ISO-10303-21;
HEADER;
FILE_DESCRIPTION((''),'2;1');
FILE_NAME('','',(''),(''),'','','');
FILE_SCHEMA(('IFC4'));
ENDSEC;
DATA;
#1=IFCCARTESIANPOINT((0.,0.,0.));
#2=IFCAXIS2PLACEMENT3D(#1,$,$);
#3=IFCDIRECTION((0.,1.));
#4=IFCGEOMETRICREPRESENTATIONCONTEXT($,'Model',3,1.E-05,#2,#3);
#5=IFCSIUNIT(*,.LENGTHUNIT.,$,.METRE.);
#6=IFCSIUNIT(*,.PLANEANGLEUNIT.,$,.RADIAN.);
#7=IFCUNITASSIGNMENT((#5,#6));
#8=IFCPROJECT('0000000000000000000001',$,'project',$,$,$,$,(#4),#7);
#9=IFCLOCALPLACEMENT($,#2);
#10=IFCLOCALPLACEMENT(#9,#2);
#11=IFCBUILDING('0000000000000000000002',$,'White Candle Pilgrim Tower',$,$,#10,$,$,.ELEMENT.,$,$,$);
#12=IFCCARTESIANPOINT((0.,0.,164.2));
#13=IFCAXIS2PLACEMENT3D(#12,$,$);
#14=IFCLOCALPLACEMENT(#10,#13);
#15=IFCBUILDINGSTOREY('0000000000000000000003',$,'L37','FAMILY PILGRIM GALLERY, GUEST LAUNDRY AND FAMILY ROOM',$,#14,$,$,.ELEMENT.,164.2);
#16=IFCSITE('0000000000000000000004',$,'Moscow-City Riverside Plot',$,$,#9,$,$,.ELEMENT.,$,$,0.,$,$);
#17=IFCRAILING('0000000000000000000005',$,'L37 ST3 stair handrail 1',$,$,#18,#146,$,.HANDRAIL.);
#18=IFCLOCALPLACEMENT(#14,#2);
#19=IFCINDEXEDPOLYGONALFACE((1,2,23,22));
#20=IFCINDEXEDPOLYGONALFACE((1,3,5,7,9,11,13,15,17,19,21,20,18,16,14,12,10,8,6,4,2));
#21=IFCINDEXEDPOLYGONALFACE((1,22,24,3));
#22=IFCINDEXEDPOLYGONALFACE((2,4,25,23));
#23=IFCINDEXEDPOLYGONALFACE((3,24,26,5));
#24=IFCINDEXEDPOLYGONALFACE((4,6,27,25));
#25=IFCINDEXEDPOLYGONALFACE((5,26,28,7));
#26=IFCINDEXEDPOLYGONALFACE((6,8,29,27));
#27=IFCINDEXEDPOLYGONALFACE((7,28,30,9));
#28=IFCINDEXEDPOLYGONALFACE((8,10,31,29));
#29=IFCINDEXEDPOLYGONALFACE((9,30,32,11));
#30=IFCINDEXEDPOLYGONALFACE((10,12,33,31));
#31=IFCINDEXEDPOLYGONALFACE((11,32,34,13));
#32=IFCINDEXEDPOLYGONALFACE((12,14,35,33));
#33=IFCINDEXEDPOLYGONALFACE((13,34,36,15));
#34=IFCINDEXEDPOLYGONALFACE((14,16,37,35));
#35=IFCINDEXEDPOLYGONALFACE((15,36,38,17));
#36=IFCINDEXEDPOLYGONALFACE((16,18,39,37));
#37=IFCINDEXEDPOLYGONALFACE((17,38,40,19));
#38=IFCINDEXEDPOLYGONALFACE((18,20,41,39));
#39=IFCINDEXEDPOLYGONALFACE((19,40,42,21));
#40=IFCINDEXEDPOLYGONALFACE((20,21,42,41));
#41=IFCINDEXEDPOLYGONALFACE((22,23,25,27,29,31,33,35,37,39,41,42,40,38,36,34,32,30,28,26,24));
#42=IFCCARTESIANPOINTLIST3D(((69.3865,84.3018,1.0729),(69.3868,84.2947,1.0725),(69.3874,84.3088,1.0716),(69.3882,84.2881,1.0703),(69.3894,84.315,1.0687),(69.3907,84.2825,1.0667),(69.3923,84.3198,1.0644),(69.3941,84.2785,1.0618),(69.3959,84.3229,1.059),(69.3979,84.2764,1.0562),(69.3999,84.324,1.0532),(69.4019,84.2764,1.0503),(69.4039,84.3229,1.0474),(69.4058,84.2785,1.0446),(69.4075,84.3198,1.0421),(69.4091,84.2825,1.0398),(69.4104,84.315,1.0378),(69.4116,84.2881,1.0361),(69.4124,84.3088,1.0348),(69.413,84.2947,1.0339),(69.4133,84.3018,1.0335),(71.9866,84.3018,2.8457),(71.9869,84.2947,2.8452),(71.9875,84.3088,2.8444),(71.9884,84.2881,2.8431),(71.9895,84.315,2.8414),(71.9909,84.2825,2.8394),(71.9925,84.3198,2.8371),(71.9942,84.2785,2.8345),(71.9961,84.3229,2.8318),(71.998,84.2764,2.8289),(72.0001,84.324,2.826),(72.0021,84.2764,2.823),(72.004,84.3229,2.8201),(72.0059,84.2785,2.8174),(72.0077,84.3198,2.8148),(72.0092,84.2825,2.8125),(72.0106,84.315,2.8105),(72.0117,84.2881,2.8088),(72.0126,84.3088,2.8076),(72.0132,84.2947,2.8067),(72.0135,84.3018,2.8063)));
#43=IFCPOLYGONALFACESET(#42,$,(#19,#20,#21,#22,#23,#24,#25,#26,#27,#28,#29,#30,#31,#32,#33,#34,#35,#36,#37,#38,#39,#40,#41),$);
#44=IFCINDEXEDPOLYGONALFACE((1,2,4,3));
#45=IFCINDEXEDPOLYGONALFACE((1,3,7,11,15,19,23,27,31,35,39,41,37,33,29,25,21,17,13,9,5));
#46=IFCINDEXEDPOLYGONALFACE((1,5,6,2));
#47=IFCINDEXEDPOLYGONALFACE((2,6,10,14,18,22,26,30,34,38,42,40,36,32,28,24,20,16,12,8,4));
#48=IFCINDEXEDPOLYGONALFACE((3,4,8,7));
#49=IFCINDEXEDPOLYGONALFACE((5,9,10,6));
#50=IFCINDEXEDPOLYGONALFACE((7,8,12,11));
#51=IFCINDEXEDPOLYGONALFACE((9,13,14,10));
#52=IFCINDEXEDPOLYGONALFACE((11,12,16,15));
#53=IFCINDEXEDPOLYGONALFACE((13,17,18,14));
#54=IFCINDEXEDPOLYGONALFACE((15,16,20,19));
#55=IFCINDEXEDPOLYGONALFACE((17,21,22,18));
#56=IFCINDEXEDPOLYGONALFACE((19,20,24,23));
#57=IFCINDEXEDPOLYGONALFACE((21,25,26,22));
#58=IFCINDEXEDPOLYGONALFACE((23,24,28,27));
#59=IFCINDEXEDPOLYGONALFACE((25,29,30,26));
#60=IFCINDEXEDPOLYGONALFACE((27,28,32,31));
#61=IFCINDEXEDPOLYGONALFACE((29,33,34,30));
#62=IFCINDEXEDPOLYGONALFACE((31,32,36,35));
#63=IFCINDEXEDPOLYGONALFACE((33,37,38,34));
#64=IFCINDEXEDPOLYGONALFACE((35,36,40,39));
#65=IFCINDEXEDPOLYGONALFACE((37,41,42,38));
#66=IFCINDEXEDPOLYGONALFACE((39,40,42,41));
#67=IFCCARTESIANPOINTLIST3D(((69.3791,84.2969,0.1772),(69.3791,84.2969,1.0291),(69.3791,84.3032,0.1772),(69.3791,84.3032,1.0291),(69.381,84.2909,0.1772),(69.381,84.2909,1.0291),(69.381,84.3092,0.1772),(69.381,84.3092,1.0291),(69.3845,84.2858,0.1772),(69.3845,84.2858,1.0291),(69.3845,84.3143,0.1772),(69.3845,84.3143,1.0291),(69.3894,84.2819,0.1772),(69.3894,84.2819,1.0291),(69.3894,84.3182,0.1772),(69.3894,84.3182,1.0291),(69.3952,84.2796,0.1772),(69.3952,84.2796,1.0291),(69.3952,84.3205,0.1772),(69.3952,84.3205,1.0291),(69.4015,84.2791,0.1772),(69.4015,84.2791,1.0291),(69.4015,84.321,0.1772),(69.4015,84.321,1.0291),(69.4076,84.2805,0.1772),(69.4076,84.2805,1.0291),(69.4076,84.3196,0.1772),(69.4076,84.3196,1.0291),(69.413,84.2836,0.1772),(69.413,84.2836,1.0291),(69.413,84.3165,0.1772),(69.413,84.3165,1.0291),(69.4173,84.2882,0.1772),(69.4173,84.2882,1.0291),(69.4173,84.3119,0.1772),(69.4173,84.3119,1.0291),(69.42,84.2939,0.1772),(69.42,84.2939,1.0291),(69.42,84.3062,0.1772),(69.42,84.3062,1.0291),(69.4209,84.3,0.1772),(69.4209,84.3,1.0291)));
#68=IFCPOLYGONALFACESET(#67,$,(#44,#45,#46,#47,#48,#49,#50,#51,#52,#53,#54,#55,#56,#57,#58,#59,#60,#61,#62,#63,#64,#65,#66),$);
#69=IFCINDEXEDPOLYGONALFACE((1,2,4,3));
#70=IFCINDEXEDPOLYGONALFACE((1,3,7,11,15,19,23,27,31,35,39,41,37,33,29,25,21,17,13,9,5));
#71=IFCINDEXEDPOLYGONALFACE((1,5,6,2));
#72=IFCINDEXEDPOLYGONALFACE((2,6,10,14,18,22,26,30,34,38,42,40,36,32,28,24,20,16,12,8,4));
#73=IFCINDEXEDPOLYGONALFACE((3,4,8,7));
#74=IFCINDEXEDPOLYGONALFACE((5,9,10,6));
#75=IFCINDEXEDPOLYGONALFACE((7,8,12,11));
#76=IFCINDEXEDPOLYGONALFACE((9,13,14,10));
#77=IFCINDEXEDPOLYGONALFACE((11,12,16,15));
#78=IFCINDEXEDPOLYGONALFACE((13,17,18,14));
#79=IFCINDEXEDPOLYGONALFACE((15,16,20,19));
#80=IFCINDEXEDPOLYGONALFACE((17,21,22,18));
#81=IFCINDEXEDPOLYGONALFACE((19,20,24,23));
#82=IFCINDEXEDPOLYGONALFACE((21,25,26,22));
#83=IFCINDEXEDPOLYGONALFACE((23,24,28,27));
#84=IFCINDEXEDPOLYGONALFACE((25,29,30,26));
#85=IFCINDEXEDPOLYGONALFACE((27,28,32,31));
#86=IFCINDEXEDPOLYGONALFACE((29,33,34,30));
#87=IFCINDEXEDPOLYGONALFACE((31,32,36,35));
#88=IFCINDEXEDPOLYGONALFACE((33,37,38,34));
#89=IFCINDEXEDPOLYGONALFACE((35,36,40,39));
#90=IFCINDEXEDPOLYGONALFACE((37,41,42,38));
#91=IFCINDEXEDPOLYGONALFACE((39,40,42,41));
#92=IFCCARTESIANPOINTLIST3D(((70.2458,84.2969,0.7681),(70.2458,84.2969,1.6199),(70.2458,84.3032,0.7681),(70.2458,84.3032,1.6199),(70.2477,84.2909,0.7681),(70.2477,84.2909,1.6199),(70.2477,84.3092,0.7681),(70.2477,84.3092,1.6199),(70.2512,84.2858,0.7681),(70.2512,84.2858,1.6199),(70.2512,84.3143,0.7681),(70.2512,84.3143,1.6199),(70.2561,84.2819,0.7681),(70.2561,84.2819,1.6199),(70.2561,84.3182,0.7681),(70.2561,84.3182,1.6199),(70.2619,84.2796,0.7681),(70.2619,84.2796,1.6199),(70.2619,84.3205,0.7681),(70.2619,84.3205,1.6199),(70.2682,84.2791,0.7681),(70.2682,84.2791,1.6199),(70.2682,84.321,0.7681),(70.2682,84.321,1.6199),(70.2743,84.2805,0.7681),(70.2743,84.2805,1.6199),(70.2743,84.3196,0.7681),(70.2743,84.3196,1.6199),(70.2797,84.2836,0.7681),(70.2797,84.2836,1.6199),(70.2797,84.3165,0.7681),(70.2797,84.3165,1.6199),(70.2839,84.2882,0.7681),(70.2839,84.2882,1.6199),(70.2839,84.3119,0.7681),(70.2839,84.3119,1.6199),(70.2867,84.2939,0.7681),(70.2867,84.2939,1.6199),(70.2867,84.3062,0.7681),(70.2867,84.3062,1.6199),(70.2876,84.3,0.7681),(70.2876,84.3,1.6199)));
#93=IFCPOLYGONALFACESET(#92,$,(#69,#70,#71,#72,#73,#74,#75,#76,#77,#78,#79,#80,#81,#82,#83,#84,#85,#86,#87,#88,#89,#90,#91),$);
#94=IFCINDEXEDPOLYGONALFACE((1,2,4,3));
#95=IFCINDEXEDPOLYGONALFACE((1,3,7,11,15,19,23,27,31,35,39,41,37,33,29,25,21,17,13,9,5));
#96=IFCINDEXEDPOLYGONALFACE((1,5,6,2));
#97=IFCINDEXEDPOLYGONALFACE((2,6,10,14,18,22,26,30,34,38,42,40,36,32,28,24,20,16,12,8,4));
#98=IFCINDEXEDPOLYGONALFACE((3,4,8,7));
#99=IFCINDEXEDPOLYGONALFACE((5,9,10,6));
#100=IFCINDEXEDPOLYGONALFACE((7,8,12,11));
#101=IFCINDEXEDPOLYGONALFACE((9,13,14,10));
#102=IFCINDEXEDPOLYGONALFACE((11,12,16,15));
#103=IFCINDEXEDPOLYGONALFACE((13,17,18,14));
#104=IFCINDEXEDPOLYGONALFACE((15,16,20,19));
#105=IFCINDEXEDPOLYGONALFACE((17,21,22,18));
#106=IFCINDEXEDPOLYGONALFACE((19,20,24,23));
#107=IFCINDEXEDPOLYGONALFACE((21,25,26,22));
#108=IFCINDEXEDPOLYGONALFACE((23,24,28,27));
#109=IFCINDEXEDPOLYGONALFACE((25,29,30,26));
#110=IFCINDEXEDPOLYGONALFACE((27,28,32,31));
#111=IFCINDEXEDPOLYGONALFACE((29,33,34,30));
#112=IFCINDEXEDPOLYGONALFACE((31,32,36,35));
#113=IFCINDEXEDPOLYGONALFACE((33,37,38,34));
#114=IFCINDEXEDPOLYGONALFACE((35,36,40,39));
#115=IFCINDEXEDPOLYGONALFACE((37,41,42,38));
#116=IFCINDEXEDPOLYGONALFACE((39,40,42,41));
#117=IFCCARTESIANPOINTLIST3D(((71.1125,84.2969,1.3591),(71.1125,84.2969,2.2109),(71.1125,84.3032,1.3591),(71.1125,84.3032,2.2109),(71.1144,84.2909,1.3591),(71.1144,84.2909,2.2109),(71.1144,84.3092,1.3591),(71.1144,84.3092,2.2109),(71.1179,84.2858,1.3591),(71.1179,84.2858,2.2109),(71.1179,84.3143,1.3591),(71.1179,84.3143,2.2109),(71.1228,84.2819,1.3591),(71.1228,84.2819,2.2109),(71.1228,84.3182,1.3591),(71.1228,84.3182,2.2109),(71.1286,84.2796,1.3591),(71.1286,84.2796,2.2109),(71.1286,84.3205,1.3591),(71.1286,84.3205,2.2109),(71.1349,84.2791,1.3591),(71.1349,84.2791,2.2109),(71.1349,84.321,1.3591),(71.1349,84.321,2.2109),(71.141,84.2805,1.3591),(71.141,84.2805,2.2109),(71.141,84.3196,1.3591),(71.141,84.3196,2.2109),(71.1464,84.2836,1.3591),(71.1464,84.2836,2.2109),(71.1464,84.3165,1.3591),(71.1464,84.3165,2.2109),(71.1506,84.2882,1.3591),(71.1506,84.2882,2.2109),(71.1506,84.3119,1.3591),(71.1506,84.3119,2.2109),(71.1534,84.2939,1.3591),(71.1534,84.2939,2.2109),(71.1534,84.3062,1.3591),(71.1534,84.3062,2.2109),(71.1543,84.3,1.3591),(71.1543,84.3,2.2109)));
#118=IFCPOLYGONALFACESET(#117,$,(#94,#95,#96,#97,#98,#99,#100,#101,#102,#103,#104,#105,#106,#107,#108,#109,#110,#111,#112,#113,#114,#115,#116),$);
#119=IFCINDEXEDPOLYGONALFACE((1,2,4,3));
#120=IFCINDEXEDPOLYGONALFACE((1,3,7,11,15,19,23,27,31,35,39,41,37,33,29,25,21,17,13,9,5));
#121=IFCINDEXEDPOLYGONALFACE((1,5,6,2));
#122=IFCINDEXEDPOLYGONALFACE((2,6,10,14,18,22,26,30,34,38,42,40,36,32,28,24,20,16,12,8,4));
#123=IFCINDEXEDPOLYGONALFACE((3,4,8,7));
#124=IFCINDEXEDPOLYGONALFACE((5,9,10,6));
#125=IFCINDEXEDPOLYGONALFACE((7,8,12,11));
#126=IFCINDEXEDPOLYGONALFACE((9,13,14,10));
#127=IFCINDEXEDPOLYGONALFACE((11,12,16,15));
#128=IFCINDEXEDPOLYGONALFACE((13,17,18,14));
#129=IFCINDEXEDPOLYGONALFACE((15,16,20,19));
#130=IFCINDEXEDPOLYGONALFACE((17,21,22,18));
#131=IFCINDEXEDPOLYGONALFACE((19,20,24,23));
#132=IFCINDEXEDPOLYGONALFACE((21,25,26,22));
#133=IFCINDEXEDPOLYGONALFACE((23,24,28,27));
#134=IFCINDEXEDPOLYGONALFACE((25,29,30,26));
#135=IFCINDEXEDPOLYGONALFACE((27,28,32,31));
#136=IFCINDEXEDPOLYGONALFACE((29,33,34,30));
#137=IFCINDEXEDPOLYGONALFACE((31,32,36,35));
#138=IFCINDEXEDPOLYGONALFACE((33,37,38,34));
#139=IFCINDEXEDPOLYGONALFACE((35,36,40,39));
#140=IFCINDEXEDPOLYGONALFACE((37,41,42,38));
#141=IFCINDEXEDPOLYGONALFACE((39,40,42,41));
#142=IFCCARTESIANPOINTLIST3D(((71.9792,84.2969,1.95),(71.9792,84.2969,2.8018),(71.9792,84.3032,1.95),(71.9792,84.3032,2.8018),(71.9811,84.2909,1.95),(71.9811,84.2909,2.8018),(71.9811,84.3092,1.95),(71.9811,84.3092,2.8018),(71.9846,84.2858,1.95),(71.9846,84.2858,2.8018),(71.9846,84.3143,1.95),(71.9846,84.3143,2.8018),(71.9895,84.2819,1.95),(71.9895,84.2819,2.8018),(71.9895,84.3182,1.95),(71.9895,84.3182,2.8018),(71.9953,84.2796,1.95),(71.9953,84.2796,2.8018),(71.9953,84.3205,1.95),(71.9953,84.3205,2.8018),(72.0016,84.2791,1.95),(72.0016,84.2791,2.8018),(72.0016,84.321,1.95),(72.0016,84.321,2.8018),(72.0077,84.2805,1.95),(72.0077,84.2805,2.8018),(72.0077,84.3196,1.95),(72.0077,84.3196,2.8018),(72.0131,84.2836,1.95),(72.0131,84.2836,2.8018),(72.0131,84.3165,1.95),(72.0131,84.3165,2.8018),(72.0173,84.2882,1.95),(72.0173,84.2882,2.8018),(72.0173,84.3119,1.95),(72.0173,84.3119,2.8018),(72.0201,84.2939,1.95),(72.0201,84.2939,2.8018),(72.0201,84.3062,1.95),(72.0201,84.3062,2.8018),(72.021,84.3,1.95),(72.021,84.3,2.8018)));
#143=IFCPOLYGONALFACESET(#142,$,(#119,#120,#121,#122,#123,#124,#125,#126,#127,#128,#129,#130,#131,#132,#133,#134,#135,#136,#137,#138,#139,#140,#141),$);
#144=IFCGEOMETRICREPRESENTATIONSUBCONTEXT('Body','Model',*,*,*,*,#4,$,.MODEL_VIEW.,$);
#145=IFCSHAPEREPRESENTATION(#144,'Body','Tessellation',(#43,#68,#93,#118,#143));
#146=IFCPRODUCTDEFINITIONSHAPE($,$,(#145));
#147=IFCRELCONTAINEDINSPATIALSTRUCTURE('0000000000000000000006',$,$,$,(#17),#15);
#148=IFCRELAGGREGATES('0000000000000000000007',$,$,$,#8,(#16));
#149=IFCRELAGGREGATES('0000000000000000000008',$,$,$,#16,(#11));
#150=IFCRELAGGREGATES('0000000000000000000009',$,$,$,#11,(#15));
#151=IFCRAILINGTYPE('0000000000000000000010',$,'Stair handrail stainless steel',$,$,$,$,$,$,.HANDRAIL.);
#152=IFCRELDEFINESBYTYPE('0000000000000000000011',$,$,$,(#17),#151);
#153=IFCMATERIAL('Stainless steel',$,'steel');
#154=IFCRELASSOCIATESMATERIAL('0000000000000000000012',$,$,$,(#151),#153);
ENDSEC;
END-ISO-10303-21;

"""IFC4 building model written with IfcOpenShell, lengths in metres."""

from ifc_helpers import new_model, si_unit, direction, frame, origin, origin_2d, place, context, subcontext, project, spatial, circle, extrude, material, type_object, element, save


model = new_model("IFC4")

# Units and contexts
model_context = context("Model", 3, precision=1e-05, world=origin(), true_north=direction((0.0, 1.0)))
body_context = subcontext(model_context, "Body", "Model", "MODEL_VIEW")
ifc_project = project(units=[si_unit("LENGTHUNIT", "METRE"), si_unit("PLANEANGLEUNIT", "RADIAN")], contexts=[model_context])

# Site, building, storey
site_placement = place(None, origin())
site = spatial("IfcSite", under=ifc_project, at=site_placement, Name="Moscow-City Riverside Plot", CompositionType="ELEMENT", RefElevation=0.0)
building_placement = place(site_placement, origin())
building = spatial("IfcBuilding", under=site, at=building_placement, Name="White Candle Pilgrim Tower", CompositionType="ELEMENT")
storey_placement = place(building_placement, frame((0.0, 0.0, 164.2)))
storey = spatial("IfcBuildingStorey", under=building, at=storey_placement, Name="L37", Description="FAMILY PILGRIM GALLERY, GUEST LAUNDRY AND FAMILY ROOM", CompositionType="ELEMENT", Elevation=164.2)

# Shared definitions
ifc_material_1 = material(Name="Stainless steel", Category="steel")

# Railing
railing_type_1 = type_object("IfcRailingType", Name="Stair handrail stainless steel", PredefinedType="HANDRAIL", material=ifc_material_1)
railing_1_placement = place(storey_placement, frame((69.3999, 84.3, 0.1772)))
element("IfcRailing", 1, at=railing_1_placement, inside=storey, type_object=railing_type_1, Name="L37 ST3 stair handrail 1", PredefinedType="HANDRAIL", context=body_context, shape_type="SweptSolid", body=[
    extrude(circle(Radius=0.0239, at=origin_2d()), frame((0.0, 0.0, 0.876), z_axis=(0.82624, 0.0, 0.563318), x_axis=(0.0, 1.0, 0.0)), (0.0, 0.0, 1.0), 3.147),
    extrude(circle(Radius=0.021, at=origin_2d()), origin(), (0.0, 0.0, 1.0), 0.8518),
    extrude(circle(Radius=0.021, at=origin_2d()), frame((0.8667, 0.0, 0.5908)), (0.0, 0.0, 1.0), 0.8518),
    extrude(circle(Radius=0.021, at=origin_2d()), frame((1.7334, 0.0, 1.1819)), (0.0, 0.0, 1.0), 0.8518),
    extrude(circle(Radius=0.021, at=origin_2d()), frame((2.6001, 0.0, 1.7727)), (0.0, 0.0, 1.0), 0.8518),
])

save(model, "model.ifc")
